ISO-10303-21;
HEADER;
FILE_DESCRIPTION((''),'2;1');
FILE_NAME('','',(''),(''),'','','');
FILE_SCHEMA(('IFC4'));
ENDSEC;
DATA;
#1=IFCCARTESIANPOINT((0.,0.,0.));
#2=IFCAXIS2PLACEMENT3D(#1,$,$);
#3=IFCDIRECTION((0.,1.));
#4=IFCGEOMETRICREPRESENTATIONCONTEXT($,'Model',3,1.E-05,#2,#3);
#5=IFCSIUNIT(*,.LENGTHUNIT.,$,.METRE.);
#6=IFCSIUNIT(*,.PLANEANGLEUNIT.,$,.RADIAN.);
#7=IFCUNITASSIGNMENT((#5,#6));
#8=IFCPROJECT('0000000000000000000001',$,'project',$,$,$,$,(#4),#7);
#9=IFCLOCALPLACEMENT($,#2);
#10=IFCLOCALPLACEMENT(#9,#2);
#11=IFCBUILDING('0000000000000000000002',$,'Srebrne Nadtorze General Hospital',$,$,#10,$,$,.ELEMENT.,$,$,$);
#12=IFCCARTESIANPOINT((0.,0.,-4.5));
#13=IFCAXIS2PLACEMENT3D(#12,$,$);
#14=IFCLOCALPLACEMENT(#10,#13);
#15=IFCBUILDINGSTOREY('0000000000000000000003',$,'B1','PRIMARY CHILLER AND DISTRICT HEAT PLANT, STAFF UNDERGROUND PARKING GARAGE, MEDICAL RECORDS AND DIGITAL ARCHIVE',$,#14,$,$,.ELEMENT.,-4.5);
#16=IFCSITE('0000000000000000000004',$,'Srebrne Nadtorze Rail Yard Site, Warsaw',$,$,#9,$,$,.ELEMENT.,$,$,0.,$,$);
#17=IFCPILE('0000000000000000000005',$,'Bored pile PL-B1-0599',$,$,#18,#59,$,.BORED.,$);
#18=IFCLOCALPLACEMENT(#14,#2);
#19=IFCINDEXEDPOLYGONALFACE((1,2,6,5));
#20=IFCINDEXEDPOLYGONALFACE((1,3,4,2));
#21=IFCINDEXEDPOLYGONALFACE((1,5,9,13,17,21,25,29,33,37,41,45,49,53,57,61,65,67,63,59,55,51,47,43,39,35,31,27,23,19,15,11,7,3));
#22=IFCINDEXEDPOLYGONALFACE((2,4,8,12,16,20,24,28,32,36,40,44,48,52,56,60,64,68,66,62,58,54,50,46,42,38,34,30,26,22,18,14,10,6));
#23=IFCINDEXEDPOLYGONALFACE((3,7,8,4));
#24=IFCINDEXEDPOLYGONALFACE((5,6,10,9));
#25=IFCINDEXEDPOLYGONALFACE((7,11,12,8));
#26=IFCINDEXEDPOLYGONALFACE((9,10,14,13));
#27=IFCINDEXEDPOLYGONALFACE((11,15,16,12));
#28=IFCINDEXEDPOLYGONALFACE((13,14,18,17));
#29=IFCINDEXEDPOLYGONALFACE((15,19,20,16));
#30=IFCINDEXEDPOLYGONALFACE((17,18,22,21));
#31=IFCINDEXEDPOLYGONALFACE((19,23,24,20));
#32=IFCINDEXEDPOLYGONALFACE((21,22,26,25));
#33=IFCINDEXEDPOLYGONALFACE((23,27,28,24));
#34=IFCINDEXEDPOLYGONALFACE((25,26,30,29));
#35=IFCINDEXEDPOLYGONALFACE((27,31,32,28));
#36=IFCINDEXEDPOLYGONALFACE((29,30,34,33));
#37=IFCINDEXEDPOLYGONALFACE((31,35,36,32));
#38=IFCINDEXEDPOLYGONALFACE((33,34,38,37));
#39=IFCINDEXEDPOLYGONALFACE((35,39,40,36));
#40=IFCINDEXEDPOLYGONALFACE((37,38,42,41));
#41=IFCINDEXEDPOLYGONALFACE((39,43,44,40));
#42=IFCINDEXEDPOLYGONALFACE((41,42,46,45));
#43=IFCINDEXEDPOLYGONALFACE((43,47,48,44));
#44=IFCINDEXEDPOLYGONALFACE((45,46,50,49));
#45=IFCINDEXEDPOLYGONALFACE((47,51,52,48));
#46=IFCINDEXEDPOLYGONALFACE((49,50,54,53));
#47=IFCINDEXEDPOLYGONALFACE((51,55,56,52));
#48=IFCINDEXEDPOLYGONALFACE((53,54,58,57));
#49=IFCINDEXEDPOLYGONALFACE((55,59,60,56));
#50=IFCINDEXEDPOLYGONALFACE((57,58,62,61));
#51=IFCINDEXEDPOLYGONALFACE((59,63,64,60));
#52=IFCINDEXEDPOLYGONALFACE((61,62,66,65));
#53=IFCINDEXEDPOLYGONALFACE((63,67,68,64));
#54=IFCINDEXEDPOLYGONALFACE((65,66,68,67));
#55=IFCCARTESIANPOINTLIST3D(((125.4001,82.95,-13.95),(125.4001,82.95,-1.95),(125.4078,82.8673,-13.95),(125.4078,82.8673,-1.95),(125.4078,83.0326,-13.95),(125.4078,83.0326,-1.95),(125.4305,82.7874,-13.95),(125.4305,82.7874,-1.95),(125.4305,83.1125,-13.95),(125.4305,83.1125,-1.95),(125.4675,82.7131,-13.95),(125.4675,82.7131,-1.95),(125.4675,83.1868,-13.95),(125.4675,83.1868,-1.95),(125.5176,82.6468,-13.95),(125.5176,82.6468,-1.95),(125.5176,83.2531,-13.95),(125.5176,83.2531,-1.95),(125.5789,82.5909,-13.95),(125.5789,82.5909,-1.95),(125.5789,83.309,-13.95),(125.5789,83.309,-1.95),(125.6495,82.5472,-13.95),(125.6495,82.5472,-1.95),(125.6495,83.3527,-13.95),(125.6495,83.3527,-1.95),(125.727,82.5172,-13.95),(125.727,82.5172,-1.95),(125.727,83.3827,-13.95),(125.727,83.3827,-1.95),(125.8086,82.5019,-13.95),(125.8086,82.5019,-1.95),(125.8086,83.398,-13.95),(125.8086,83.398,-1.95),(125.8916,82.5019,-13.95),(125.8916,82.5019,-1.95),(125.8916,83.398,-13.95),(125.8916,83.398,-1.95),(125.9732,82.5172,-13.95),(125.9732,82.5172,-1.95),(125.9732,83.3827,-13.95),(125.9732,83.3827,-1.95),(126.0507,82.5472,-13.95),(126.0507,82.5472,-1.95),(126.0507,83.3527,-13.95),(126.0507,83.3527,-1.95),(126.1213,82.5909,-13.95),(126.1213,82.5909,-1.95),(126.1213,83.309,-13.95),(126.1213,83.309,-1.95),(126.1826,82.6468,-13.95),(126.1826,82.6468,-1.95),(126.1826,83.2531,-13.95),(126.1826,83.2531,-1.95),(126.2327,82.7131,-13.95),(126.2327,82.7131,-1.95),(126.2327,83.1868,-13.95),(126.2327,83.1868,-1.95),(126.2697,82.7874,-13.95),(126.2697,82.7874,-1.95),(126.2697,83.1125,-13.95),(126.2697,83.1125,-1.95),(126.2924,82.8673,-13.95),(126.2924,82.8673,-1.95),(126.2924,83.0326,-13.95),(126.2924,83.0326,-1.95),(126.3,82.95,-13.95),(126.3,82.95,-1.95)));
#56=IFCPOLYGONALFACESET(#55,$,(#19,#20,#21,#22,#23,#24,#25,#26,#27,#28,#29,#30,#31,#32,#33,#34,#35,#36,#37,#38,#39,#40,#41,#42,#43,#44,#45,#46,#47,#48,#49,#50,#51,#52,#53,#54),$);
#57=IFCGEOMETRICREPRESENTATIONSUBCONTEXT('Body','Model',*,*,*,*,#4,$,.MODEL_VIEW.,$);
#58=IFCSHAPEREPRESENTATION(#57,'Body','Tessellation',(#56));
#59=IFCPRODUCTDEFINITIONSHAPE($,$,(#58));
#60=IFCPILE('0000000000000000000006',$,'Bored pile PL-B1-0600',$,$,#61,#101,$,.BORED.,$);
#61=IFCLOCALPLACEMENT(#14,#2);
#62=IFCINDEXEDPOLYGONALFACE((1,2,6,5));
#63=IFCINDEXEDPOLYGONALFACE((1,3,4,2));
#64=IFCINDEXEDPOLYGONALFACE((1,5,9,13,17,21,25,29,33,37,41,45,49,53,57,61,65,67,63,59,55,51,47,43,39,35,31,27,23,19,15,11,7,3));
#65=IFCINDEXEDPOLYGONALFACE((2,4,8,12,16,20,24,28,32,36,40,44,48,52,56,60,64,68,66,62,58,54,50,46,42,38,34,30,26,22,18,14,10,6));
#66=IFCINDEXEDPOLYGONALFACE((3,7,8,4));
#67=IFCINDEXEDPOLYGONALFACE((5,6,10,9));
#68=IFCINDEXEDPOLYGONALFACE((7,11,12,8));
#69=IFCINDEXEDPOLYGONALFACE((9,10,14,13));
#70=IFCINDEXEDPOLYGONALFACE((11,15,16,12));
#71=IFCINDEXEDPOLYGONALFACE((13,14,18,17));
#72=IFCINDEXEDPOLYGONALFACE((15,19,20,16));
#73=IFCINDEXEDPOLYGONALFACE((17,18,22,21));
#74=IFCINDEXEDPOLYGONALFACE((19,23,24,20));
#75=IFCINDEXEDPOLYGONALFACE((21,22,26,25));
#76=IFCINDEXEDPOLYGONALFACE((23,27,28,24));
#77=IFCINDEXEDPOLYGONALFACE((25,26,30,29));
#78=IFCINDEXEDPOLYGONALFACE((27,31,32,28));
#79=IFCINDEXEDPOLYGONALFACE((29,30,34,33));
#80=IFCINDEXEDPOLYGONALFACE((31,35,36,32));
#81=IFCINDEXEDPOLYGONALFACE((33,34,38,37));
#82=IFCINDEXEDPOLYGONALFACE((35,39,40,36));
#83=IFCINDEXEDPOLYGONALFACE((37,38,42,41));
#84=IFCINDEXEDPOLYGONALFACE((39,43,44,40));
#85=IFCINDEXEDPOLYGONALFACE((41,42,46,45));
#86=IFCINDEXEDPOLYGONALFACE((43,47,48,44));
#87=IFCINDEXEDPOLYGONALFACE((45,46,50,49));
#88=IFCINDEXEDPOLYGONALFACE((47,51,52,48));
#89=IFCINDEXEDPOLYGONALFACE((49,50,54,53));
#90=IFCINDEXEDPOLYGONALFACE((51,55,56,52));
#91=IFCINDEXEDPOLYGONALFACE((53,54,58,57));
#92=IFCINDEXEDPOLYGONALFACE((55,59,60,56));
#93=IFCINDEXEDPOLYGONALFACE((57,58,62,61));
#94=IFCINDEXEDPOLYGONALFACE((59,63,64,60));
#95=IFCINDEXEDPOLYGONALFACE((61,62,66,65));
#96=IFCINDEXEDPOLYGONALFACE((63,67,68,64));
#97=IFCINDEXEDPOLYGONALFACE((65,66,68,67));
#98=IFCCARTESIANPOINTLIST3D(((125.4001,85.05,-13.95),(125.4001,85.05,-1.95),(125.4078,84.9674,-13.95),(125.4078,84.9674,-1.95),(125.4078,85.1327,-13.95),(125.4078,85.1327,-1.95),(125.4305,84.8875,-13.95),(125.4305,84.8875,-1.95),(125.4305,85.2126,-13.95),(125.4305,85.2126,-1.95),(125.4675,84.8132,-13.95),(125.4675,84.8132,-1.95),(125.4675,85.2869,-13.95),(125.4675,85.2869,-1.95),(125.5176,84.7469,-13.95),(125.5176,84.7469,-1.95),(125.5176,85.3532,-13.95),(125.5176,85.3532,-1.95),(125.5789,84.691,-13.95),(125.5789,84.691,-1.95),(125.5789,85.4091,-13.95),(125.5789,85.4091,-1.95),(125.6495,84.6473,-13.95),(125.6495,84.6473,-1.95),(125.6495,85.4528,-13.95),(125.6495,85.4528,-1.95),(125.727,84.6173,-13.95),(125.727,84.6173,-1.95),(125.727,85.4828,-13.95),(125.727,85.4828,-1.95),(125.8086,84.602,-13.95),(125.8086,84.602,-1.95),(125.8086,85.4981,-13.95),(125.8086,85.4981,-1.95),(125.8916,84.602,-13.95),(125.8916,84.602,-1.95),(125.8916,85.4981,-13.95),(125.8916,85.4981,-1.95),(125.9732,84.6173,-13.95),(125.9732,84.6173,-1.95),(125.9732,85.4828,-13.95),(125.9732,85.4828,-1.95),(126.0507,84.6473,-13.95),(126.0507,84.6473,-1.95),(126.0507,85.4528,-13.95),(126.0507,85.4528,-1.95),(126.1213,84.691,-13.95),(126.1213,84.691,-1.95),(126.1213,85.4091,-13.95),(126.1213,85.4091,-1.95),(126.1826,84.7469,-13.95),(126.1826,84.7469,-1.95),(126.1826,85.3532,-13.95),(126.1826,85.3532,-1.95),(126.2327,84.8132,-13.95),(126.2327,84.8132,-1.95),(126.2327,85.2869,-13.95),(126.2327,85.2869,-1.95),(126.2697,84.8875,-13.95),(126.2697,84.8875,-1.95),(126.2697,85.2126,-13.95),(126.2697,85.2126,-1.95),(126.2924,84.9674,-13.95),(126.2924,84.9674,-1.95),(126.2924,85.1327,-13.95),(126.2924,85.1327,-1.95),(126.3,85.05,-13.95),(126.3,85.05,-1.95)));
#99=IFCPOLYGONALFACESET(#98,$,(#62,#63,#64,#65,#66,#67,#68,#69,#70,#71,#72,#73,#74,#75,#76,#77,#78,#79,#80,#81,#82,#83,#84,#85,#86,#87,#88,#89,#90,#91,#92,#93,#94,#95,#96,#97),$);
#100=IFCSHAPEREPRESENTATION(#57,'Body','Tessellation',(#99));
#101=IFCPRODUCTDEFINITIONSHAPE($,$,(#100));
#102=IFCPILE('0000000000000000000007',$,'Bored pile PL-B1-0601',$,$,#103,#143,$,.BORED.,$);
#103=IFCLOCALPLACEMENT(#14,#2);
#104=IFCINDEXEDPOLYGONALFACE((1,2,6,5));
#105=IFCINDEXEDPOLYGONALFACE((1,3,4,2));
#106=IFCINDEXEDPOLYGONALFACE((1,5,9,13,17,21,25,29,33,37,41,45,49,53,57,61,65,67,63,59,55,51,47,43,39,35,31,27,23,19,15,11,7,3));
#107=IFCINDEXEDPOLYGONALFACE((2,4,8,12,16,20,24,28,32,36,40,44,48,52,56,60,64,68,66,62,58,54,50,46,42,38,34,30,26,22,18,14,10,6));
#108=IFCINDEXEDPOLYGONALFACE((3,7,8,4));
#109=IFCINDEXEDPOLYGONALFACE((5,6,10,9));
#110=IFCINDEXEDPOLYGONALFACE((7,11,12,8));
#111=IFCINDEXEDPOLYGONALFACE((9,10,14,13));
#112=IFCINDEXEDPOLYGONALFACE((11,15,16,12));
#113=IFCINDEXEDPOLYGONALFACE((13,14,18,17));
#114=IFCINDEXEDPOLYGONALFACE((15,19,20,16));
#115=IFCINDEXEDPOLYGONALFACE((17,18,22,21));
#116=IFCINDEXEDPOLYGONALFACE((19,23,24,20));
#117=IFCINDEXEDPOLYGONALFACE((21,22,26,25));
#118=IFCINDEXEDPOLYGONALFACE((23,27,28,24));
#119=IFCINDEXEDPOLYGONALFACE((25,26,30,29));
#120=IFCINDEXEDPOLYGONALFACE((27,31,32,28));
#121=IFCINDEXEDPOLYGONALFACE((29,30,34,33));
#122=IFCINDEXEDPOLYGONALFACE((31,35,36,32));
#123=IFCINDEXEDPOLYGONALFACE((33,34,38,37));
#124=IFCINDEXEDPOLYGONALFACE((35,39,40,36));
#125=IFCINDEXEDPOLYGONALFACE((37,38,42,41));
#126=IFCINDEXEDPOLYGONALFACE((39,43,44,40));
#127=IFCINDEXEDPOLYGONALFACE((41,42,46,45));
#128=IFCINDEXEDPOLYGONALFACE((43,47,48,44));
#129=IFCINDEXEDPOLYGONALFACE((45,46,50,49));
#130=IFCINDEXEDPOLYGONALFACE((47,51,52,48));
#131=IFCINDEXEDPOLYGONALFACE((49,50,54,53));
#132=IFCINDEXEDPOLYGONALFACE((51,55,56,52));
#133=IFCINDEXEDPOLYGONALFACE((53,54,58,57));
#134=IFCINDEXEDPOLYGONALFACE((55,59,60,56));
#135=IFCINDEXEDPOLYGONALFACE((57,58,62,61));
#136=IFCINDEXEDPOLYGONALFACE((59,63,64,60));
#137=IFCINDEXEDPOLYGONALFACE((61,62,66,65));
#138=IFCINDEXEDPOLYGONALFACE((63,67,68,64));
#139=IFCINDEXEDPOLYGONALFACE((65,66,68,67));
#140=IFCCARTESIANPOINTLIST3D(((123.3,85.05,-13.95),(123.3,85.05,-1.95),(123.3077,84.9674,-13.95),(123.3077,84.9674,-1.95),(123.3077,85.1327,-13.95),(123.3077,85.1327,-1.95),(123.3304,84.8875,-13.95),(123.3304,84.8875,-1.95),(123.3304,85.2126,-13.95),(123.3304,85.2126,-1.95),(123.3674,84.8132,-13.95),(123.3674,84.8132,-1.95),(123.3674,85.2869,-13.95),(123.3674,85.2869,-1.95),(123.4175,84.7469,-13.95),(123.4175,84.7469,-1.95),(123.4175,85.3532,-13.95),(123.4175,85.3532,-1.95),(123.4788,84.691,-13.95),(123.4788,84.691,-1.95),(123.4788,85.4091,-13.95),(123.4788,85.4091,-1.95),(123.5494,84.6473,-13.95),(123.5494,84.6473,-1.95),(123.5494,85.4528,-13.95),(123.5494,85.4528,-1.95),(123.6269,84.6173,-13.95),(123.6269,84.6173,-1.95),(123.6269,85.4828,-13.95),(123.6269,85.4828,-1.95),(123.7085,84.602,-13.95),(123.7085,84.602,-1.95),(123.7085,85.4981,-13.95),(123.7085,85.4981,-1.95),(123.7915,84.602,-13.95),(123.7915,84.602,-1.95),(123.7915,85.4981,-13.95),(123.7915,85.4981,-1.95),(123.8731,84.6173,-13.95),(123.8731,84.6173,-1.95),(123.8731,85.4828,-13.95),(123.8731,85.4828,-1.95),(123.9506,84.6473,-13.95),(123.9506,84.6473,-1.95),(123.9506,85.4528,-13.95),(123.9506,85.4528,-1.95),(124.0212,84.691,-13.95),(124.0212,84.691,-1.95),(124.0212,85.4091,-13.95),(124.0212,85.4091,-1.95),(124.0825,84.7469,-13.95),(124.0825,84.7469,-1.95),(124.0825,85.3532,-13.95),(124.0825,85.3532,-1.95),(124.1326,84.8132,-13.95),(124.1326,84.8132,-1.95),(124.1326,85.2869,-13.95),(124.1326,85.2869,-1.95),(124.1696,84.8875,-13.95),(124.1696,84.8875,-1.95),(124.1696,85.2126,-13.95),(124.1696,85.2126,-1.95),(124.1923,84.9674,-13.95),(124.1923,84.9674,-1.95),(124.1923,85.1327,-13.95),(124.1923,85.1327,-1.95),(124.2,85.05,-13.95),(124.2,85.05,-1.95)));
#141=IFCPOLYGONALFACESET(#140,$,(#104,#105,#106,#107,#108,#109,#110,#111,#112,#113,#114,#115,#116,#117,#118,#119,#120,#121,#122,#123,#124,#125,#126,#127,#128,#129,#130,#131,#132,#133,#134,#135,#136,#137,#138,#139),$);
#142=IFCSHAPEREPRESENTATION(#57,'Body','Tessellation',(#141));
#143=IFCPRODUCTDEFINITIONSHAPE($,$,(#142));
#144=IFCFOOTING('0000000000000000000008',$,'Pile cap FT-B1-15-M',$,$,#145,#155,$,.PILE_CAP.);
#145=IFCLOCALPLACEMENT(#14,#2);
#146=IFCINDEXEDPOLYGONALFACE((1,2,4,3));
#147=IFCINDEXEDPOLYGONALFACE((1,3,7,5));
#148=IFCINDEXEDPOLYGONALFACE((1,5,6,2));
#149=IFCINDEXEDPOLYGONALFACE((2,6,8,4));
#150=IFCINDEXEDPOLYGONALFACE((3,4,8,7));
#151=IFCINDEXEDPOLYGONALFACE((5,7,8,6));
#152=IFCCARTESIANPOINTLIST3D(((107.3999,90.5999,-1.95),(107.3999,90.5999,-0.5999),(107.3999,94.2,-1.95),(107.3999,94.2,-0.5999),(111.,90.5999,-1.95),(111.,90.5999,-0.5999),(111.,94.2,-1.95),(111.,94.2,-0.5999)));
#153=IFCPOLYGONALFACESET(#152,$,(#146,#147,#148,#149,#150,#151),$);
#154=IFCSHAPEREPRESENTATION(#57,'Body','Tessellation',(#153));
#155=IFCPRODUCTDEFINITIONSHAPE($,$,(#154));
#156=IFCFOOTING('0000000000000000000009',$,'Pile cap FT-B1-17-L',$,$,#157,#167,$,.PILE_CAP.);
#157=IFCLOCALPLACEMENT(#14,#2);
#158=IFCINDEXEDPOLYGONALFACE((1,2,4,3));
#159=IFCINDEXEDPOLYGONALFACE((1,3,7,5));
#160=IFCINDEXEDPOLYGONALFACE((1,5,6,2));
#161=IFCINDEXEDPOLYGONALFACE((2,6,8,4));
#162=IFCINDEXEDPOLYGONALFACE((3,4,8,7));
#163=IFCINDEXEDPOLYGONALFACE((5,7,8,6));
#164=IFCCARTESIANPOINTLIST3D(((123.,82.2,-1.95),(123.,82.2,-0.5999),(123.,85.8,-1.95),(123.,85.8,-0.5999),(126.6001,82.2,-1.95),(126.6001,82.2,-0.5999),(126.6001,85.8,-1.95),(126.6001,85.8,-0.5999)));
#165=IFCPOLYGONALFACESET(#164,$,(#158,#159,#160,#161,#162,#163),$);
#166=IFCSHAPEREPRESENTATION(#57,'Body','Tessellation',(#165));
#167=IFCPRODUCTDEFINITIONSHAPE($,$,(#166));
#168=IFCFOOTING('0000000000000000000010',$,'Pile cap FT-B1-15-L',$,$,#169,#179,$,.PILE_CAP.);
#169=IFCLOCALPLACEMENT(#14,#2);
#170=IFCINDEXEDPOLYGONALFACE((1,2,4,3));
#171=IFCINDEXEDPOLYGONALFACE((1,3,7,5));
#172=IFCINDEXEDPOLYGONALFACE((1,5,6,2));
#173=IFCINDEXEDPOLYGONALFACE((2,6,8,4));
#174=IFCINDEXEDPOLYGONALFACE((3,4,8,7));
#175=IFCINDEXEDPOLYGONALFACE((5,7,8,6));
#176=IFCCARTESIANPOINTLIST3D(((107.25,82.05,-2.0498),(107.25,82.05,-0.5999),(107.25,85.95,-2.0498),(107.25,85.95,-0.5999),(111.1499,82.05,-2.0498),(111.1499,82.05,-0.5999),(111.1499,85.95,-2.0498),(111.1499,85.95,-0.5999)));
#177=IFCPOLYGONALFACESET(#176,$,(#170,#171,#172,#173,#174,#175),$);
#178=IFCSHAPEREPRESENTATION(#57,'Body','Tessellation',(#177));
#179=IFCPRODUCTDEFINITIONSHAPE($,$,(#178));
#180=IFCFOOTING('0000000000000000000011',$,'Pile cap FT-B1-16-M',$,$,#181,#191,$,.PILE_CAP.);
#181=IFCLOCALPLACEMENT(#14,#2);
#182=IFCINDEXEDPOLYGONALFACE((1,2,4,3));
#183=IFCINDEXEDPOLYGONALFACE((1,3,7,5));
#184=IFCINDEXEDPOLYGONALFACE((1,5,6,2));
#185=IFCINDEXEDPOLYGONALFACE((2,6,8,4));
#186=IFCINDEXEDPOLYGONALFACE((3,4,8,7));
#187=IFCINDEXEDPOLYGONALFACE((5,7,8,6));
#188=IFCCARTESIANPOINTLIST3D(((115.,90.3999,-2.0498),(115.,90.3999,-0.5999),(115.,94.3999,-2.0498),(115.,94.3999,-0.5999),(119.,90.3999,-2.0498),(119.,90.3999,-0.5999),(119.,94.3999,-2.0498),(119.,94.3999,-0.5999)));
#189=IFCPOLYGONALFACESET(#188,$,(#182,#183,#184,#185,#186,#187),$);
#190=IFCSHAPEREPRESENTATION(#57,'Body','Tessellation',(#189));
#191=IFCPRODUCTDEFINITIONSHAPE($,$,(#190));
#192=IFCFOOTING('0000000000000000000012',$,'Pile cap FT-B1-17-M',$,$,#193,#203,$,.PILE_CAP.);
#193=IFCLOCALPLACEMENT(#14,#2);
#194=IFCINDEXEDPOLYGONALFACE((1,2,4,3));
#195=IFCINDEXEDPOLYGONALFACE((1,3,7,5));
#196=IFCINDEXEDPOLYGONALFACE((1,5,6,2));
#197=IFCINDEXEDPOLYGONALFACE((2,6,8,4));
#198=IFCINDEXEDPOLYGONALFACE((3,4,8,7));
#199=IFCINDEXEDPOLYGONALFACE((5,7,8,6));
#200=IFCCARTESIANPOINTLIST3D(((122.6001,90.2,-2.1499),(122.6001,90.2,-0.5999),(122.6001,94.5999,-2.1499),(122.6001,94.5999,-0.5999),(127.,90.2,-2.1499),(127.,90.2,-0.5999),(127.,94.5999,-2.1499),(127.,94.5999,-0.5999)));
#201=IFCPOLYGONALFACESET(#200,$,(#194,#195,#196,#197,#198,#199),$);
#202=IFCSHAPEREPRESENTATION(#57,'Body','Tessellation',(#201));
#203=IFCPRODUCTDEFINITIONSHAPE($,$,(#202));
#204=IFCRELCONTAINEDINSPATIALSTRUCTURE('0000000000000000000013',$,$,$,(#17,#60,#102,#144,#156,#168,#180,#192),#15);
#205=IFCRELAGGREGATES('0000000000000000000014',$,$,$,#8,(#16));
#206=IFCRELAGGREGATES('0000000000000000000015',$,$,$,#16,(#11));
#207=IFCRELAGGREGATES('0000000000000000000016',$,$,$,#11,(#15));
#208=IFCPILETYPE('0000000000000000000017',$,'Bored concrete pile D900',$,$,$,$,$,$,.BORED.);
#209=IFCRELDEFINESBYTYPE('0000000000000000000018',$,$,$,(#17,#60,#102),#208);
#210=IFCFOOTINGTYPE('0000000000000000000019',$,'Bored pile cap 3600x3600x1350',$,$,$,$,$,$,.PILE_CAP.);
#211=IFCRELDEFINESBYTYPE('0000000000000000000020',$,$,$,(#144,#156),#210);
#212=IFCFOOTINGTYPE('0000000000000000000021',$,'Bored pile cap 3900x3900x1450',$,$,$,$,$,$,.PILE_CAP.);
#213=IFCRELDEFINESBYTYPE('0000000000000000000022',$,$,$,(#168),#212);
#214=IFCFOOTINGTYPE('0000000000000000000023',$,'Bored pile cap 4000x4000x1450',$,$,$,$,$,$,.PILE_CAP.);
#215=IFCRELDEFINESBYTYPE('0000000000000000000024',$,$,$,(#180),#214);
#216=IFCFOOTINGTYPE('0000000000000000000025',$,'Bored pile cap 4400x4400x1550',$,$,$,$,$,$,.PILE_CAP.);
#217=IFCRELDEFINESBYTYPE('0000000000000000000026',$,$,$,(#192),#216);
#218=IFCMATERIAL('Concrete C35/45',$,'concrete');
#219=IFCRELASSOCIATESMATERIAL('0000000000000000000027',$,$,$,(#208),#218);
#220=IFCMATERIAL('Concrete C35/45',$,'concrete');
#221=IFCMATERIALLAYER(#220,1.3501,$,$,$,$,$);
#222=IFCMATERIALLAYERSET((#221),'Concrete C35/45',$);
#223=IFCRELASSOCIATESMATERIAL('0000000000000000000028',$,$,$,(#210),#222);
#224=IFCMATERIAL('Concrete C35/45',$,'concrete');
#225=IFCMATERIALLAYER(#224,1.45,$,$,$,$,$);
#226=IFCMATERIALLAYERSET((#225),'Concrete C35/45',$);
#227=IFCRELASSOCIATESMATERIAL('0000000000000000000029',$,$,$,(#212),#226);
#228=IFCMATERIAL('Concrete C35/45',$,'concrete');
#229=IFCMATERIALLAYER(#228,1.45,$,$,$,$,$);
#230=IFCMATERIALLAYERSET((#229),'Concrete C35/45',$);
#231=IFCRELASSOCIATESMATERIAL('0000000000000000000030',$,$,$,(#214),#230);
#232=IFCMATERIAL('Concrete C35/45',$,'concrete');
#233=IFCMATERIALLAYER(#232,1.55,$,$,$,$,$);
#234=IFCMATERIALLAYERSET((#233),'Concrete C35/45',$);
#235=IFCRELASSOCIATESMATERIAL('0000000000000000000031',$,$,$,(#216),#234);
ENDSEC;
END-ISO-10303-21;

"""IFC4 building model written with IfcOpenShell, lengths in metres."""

from ifc_helpers import new_model, si_unit, direction, frame, origin, origin_2d, place, context, subcontext, project, spatial, rectangle, circle, extrude, material, layer, layer_set, material_profile, profile_set, type_object, element, save


model = new_model("IFC4")

# Units and contexts
model_context = context("Model", 3, precision=1e-05, world=origin(), true_north=direction((0.0, 1.0)))
body_context = subcontext(model_context, "Body", "Model", "MODEL_VIEW")
ifc_project = project(units=[si_unit("LENGTHUNIT", "METRE"), si_unit("PLANEANGLEUNIT", "RADIAN")], contexts=[model_context])

# Site, building, storey
site_placement = place(None, origin())
site = spatial("IfcSite", under=ifc_project, at=site_placement, Name="Srebrne Nadtorze Rail Yard Site, Warsaw", CompositionType="ELEMENT", RefElevation=0.0)
building_placement = place(site_placement, origin())
building = spatial("IfcBuilding", under=site, at=building_placement, Name="Srebrne Nadtorze General Hospital", CompositionType="ELEMENT")
storey_placement = place(building_placement, frame((0.0, 0.0, -4.5)))
storey = spatial("IfcBuildingStorey", under=building, at=storey_placement, Name="B1", Description="PRIMARY CHILLER AND DISTRICT HEAT PLANT, STAFF UNDERGROUND PARKING GARAGE, MEDICAL RECORDS AND DIGITAL ARCHIVE", CompositionType="ELEMENT", Elevation=-4.5)

# Piles
ifc_material_1 = material(Name="Concrete C35/45", Category="concrete")
ifc_material_profile_1 = material_profile(ifc_material_1, circle(Radius=0.45, at=origin_2d()), Name="PILE-D900")
ifc_profile_set_1 = profile_set([ifc_material_profile_1], Name="Concrete C35/45")
pile_type_1 = type_object("IfcPileType", Name="Bored concrete pile D900", PredefinedType="BORED", material=ifc_profile_set_1)
for number, where, z_axis, x_axis, name in (
    (1, (125.8501, 82.95, -1.95), (0.0, 0.0, -1.0), (1.0, 0.0, 0.0), "Bored pile PL-B1-0599"),
    (2, (125.8501, 85.05, -1.95), (0.0, 0.0, -1.0), (1.0, 0.0, 0.0), "Bored pile PL-B1-0600"),
    (3, (123.75, 85.05, -1.95), (0.0, 0.0, -1.0), (1.0, 0.0, 0.0), "Bored pile PL-B1-0601"),
):
    element("IfcPile", number, at=place(storey_placement, frame(where, z_axis=z_axis, x_axis=x_axis)), inside=storey, type_object=pile_type_1, Name=name, PredefinedType="BORED", context=body_context, shape_type="SweptSolid", body=[
        extrude(circle(Radius=0.45, at=origin_2d()), origin(), (0.0, 0.0, 1.0), 12.0),
    ])

# Footings
ifc_material_2 = material(Name="Concrete C35/45", Category="concrete")
ifc_layer_1 = layer(ifc_material_2, 1.3501)
ifc_layer_set_1 = layer_set([ifc_layer_1], Name="Concrete C35/45")
footing_type_1 = type_object("IfcFootingType", Name="Bored pile cap 3600x3600x1350", PredefinedType="PILE_CAP", material=ifc_layer_set_1)
for number, where, z_axis, x_axis, name in (
    (4, (109.2, 92.3999, -1.95), (0.0, 0.0, 1.0), (1.0, 0.0, 0.0), "Pile cap FT-B1-15-M"),
    (5, (124.8, 84.0, -1.95), (0.0, 0.0, 1.0), (1.0, 0.0, 0.0), "Pile cap FT-B1-17-L"),
):
    element("IfcFooting", number, at=place(storey_placement, frame(where, z_axis=z_axis, x_axis=x_axis)), inside=storey, type_object=footing_type_1, Name=name, PredefinedType="PILE_CAP", context=body_context, shape_type="SweptSolid", body=[
        extrude(rectangle(XDim=3.6001, YDim=3.6001, at=origin_2d()), origin(), (0.0, 0.0, 1.0), 1.3501),
    ])
ifc_material_3 = material(Name="Concrete C35/45", Category="concrete")
ifc_layer_2 = layer(ifc_material_3, 1.45)
ifc_layer_set_2 = layer_set([ifc_layer_2], Name="Concrete C35/45")
footing_type_2 = type_object("IfcFootingType", Name="Bored pile cap 3900x3900x1450", PredefinedType="PILE_CAP", material=ifc_layer_set_2)
footing_1_placement = place(storey_placement, frame((109.2, 84.0, -2.0498), z_axis=(0.0, 0.0, 1.0), x_axis=(1.0, 0.0, 0.0)))
element("IfcFooting", 6, at=footing_1_placement, inside=storey, type_object=footing_type_2, Name="Pile cap FT-B1-15-L", PredefinedType="PILE_CAP", context=body_context, shape_type="SweptSolid", body=[
    extrude(rectangle(XDim=3.8999, YDim=3.8999, at=origin_2d()), origin(), (0.0, 0.0, 1.0), 1.45),
])
ifc_material_4 = material(Name="Concrete C35/45", Category="concrete")
ifc_layer_3 = layer(ifc_material_4, 1.45)
ifc_layer_set_3 = layer_set([ifc_layer_3], Name="Concrete C35/45")
footing_type_3 = type_object("IfcFootingType", Name="Bored pile cap 4000x4000x1450", PredefinedType="PILE_CAP", material=ifc_layer_set_3)
footing_2_placement = place(storey_placement, frame((117.0, 92.3999, -2.0498), z_axis=(0.0, 0.0, 1.0), x_axis=(1.0, 0.0, 0.0)))
element("IfcFooting", 7, at=footing_2_placement, inside=storey, type_object=footing_type_3, Name="Pile cap FT-B1-16-M", PredefinedType="PILE_CAP", context=body_context, shape_type="SweptSolid", body=[
    extrude(rectangle(XDim=4.0, YDim=4.0, at=origin_2d()), origin(), (0.0, 0.0, 1.0), 1.45),
])
ifc_material_5 = material(Name="Concrete C35/45", Category="concrete")
ifc_layer_4 = layer(ifc_material_5, 1.55)
ifc_layer_set_4 = layer_set([ifc_layer_4], Name="Concrete C35/45")
footing_type_4 = type_object("IfcFootingType", Name="Bored pile cap 4400x4400x1550", PredefinedType="PILE_CAP", material=ifc_layer_set_4)
footing_3_placement = place(storey_placement, frame((124.8, 92.3999, -2.1499), z_axis=(0.0, 0.0, 1.0), x_axis=(1.0, 0.0, 0.0)))
element("IfcFooting", 8, at=footing_3_placement, inside=storey, type_object=footing_type_4, Name="Pile cap FT-B1-17-M", PredefinedType="PILE_CAP", context=body_context, shape_type="SweptSolid", body=[
    extrude(rectangle(XDim=4.3999, YDim=4.3999, at=origin_2d()), origin(), (0.0, 0.0, 1.0), 1.55),
])

save(model, "model.ifc")
